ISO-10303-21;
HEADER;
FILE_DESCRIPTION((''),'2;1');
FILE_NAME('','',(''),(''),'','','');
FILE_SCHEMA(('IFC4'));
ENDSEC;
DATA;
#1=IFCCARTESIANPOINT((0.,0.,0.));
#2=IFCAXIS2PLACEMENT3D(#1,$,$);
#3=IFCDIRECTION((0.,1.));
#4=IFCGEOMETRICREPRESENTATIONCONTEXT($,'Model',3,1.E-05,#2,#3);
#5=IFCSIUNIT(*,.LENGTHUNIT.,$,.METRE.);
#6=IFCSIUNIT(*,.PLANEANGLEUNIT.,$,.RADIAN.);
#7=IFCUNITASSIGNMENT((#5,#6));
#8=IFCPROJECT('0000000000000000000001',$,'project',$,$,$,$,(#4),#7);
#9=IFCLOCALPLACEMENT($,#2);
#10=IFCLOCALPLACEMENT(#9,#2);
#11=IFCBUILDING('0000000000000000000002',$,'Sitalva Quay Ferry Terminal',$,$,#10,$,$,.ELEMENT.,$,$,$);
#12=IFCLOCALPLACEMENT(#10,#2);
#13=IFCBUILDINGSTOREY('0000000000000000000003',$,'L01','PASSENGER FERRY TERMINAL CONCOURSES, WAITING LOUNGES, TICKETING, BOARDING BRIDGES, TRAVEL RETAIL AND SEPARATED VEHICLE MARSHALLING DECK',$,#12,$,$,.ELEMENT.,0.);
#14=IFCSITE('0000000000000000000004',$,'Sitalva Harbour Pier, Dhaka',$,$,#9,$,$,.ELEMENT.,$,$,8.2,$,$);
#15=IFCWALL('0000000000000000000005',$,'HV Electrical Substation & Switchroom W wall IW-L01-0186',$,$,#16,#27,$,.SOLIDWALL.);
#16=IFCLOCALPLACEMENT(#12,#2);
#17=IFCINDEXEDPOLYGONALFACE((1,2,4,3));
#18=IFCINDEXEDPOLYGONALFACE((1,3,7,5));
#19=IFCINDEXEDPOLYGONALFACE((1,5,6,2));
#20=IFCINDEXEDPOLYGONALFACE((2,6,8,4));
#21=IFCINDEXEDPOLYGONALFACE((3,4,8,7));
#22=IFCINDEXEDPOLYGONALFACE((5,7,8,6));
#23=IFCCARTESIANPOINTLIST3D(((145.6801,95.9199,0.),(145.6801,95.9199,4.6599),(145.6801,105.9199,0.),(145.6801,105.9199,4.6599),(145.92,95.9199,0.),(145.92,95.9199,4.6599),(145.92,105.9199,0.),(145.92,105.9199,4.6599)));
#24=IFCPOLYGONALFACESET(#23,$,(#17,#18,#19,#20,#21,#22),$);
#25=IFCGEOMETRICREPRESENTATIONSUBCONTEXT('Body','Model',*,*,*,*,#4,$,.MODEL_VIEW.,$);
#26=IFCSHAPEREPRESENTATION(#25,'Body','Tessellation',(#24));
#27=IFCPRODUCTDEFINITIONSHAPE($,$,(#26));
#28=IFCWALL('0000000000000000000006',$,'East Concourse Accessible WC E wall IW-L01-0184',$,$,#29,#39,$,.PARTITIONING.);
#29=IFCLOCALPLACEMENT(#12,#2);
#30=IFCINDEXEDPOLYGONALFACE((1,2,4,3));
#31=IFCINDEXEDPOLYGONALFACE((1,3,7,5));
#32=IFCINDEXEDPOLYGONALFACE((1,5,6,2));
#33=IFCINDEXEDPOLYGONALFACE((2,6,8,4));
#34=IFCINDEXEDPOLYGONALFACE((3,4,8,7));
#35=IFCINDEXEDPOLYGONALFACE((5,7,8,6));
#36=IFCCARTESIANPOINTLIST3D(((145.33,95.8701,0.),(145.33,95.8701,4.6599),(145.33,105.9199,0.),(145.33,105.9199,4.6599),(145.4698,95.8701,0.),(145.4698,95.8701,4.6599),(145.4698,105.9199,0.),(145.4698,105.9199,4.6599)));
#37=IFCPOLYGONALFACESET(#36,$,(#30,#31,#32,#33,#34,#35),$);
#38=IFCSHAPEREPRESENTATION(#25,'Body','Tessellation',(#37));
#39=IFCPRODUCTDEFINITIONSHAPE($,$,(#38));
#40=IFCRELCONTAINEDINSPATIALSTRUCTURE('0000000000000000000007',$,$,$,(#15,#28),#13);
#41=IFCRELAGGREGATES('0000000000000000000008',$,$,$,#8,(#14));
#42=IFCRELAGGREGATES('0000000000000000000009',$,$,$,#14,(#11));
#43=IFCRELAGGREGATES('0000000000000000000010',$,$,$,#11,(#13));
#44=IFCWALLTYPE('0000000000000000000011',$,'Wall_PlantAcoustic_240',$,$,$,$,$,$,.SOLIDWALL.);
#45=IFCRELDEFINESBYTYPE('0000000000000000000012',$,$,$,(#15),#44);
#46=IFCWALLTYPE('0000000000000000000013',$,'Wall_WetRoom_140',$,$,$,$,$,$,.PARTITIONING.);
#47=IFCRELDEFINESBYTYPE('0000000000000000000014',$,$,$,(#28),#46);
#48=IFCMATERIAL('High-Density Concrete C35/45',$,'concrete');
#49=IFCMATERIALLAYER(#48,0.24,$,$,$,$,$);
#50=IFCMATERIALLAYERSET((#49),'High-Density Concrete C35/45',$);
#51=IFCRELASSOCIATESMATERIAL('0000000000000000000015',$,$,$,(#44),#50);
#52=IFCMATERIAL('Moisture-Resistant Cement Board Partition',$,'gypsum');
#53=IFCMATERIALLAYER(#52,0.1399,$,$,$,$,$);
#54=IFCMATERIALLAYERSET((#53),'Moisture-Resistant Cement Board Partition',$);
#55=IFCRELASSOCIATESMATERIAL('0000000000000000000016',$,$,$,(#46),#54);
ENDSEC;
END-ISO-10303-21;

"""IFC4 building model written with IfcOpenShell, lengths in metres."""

from ifc_helpers import new_model, si_unit, direction, frame, frame_2d, origin, place, context, subcontext, project, spatial, rectangle, extrude, material, layer, layer_set, type_object, element, save


model = new_model("IFC4")

# Units and contexts
model_context = context("Model", 3, precision=1e-05, world=origin(), true_north=direction((0.0, 1.0)))
body_context = subcontext(model_context, "Body", "Model", "MODEL_VIEW")
ifc_project = project(units=[si_unit("LENGTHUNIT", "METRE"), si_unit("PLANEANGLEUNIT", "RADIAN")], contexts=[model_context])

# Site, building, storey
site_placement = place(None, origin())
site = spatial("IfcSite", under=ifc_project, at=site_placement, Name="Sitalva Harbour Pier, Dhaka", CompositionType="ELEMENT", RefElevation=8.2)
building_placement = place(site_placement, origin())
building = spatial("IfcBuilding", under=site, at=building_placement, Name="Sitalva Quay Ferry Terminal", CompositionType="ELEMENT")
storey_placement = place(building_placement, origin())
storey = spatial("IfcBuildingStorey", under=building, at=storey_placement, Name="L01", Description="PASSENGER FERRY TERMINAL CONCOURSES, WAITING LOUNGES, TICKETING, BOARDING BRIDGES, TRAVEL RETAIL AND SEPARATED VEHICLE MARSHALLING DECK", CompositionType="ELEMENT", Elevation=0.0)

# Walls
ifc_material_1 = material(Name="High-Density Concrete C35/45", Category="concrete")
ifc_layer_1 = layer(ifc_material_1, 0.24)
ifc_layer_set_1 = layer_set([ifc_layer_1], Name="High-Density Concrete C35/45")
wall_type_1 = type_object("IfcWallType", Name="Wall_PlantAcoustic_240", PredefinedType="SOLIDWALL", material=ifc_layer_set_1)
wall_1_placement = place(storey_placement, frame((145.8, 95.9199, 0.0), z_axis=(0.0, 0.0, 1.0), x_axis=(0.0, 1.0, 0.0)))
element("IfcWall", 1, at=wall_1_placement, inside=storey, type_object=wall_type_1, Name="HV Electrical Substation & Switchroom W wall IW-L01-0186", PredefinedType="SOLIDWALL", context=body_context, shape_type="SweptSolid", body=[
    extrude(rectangle(XDim=10.0, YDim=0.24, at=frame_2d((5.0, 0.0))), origin(), (0.0, 0.0, 1.0), 4.6599),
])
ifc_material_2 = material(Name="Moisture-Resistant Cement Board Partition", Category="gypsum")
ifc_layer_2 = layer(ifc_material_2, 0.1399)
ifc_layer_set_2 = layer_set([ifc_layer_2], Name="Moisture-Resistant Cement Board Partition")
wall_type_2 = type_object("IfcWallType", Name="Wall_WetRoom_140", PredefinedType="PARTITIONING", material=ifc_layer_set_2)
wall_2_placement = place(storey_placement, frame((145.3999, 95.8701, 0.0), z_axis=(0.0, 0.0, 1.0), x_axis=(0.0, 1.0, 0.0)))
element("IfcWall", 2, at=wall_2_placement, inside=storey, type_object=wall_type_2, Name="East Concourse Accessible WC E wall IW-L01-0184", PredefinedType="PARTITIONING", context=body_context, shape_type="SweptSolid", body=[
    extrude(rectangle(XDim=10.0498, YDim=0.1399, at=frame_2d((5.0249, 0.0))), origin(), (0.0, 0.0, 1.0), 4.6599),
])

save(model, "model.ifc")
